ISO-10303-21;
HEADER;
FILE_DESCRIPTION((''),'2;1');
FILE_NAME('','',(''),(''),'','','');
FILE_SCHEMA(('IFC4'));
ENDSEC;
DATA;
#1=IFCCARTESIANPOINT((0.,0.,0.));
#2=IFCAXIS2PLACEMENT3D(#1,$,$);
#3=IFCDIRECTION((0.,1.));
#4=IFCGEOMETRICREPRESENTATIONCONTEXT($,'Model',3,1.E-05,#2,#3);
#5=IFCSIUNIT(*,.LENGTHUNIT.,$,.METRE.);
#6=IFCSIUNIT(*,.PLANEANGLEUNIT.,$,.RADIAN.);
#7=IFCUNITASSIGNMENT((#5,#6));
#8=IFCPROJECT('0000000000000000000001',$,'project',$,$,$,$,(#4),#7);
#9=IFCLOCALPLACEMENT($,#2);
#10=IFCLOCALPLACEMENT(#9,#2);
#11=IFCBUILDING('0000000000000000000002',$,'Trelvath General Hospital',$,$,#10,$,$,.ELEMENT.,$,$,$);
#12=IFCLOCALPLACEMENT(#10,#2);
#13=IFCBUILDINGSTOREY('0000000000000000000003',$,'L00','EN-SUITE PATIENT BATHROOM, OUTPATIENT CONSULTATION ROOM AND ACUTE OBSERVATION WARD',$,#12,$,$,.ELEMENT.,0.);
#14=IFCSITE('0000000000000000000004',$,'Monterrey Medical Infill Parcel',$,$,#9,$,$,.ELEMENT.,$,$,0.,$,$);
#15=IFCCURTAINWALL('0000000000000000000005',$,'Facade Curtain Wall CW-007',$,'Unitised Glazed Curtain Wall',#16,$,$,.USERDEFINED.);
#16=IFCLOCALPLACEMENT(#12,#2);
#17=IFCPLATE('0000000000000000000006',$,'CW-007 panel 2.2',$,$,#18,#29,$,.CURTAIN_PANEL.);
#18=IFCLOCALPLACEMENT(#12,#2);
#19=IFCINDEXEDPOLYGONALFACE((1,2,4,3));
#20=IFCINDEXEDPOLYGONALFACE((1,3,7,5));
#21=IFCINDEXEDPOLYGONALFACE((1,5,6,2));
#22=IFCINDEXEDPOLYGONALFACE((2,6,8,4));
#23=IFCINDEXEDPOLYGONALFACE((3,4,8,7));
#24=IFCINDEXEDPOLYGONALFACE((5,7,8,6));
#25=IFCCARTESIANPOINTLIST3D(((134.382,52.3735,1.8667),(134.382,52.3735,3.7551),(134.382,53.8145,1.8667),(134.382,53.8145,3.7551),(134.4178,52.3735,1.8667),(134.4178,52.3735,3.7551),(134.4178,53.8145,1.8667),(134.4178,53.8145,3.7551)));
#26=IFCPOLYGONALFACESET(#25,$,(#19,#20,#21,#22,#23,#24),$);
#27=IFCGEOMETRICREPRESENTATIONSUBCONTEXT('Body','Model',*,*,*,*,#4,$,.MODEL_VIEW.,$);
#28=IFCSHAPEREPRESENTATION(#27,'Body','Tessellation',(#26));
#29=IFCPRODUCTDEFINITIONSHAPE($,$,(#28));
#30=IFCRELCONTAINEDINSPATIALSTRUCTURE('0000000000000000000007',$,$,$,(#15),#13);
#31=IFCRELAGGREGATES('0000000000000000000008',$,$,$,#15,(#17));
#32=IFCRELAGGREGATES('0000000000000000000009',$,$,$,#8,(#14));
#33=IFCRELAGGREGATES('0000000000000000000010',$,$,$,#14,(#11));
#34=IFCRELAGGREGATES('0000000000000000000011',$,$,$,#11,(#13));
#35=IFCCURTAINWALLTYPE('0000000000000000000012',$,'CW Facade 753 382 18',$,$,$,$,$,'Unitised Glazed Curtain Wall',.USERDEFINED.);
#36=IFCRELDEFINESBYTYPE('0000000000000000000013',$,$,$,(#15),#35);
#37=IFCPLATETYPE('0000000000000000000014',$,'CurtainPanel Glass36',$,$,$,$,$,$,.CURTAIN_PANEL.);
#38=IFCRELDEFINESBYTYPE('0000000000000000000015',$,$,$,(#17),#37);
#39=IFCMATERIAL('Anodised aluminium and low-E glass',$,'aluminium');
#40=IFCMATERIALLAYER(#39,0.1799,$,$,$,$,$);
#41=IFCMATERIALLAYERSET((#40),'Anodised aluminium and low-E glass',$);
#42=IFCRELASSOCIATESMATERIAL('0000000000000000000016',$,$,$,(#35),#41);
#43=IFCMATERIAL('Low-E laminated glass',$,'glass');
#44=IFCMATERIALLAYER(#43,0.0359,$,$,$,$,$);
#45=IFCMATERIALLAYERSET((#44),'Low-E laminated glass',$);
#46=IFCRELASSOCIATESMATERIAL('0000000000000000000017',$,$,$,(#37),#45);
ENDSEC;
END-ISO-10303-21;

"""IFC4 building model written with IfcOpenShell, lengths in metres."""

from ifc_helpers import new_model, si_unit, direction, frame, origin, origin_2d, place, context, subcontext, project, spatial, rectangle, extrude, material, layer, layer_set, type_object, element, aggregate, save


model = new_model("IFC4")

# Units and contexts
model_context = context("Model", 3, precision=1e-05, world=origin(), true_north=direction((0.0, 1.0)))
body_context = subcontext(model_context, "Body", "Model", "MODEL_VIEW")
ifc_project = project(units=[si_unit("LENGTHUNIT", "METRE"), si_unit("PLANEANGLEUNIT", "RADIAN")], contexts=[model_context])

# Site, building, storey
site_placement = place(None, origin())
site = spatial("IfcSite", under=ifc_project, at=site_placement, Name="Monterrey Medical Infill Parcel", CompositionType="ELEMENT", RefElevation=0.0)
building_placement = place(site_placement, origin())
building = spatial("IfcBuilding", under=site, at=building_placement, Name="Trelvath General Hospital", CompositionType="ELEMENT")
storey_placement = place(building_placement, origin())
storey = spatial("IfcBuildingStorey", under=building, at=storey_placement, Name="L00", Description="EN-SUITE PATIENT BATHROOM, OUTPATIENT CONSULTATION ROOM AND ACUTE OBSERVATION WARD", CompositionType="ELEMENT", Elevation=0.0)

# Shared definitions
ifc_material_1 = material(Name="Anodised aluminium and low-E glass", Category="aluminium")
ifc_layer_1 = layer(ifc_material_1, 0.1799)
ifc_layer_set_1 = layer_set([ifc_layer_1], Name="Anodised aluminium and low-E glass")
curtain_wall_type = type_object("IfcCurtainWallType", Name="CW Facade 753 382 18", ElementType="Unitised Glazed Curtain Wall", PredefinedType="USERDEFINED", material=ifc_layer_set_1)

# Curtain wall
curtain_wall_1_placement = place(storey_placement, origin())
curtain_wall_1 = element("IfcCurtainWall", 1, at=curtain_wall_1_placement, inside=storey, type_object=curtain_wall_type, Name="Facade Curtain Wall CW-007", ObjectType="Unitised Glazed Curtain Wall", PredefinedType="USERDEFINED")

# Plate
ifc_material_2 = material(Name="Low-E laminated glass", Category="glass")
ifc_layer_2 = layer(ifc_material_2, 0.0359)
ifc_layer_set_2 = layer_set([ifc_layer_2], Name="Low-E laminated glass")
plate_type = type_object("IfcPlateType", Name="CurtainPanel Glass36", PredefinedType="CURTAIN_PANEL", material=ifc_layer_set_2)
plate_1_placement = place(storey_placement, frame((134.3999, 53.094, 1.8667), z_axis=(0.0, 0.0, 1.0), x_axis=(0.0, 1.0, 0.0)))
plate_1 = element("IfcPlate", 2, at=plate_1_placement, type_object=plate_type, Name="CW-007 panel 2.2", PredefinedType="CURTAIN_PANEL", context=body_context, shape_type="SweptSolid", body=[
    extrude(rectangle(XDim=1.4409, YDim=0.0359, at=origin_2d()), origin(), (0.0, 0.0, 1.0), 1.8884),
])
aggregate(curtain_wall_1, [plate_1])

save(model, "model.ifc")
